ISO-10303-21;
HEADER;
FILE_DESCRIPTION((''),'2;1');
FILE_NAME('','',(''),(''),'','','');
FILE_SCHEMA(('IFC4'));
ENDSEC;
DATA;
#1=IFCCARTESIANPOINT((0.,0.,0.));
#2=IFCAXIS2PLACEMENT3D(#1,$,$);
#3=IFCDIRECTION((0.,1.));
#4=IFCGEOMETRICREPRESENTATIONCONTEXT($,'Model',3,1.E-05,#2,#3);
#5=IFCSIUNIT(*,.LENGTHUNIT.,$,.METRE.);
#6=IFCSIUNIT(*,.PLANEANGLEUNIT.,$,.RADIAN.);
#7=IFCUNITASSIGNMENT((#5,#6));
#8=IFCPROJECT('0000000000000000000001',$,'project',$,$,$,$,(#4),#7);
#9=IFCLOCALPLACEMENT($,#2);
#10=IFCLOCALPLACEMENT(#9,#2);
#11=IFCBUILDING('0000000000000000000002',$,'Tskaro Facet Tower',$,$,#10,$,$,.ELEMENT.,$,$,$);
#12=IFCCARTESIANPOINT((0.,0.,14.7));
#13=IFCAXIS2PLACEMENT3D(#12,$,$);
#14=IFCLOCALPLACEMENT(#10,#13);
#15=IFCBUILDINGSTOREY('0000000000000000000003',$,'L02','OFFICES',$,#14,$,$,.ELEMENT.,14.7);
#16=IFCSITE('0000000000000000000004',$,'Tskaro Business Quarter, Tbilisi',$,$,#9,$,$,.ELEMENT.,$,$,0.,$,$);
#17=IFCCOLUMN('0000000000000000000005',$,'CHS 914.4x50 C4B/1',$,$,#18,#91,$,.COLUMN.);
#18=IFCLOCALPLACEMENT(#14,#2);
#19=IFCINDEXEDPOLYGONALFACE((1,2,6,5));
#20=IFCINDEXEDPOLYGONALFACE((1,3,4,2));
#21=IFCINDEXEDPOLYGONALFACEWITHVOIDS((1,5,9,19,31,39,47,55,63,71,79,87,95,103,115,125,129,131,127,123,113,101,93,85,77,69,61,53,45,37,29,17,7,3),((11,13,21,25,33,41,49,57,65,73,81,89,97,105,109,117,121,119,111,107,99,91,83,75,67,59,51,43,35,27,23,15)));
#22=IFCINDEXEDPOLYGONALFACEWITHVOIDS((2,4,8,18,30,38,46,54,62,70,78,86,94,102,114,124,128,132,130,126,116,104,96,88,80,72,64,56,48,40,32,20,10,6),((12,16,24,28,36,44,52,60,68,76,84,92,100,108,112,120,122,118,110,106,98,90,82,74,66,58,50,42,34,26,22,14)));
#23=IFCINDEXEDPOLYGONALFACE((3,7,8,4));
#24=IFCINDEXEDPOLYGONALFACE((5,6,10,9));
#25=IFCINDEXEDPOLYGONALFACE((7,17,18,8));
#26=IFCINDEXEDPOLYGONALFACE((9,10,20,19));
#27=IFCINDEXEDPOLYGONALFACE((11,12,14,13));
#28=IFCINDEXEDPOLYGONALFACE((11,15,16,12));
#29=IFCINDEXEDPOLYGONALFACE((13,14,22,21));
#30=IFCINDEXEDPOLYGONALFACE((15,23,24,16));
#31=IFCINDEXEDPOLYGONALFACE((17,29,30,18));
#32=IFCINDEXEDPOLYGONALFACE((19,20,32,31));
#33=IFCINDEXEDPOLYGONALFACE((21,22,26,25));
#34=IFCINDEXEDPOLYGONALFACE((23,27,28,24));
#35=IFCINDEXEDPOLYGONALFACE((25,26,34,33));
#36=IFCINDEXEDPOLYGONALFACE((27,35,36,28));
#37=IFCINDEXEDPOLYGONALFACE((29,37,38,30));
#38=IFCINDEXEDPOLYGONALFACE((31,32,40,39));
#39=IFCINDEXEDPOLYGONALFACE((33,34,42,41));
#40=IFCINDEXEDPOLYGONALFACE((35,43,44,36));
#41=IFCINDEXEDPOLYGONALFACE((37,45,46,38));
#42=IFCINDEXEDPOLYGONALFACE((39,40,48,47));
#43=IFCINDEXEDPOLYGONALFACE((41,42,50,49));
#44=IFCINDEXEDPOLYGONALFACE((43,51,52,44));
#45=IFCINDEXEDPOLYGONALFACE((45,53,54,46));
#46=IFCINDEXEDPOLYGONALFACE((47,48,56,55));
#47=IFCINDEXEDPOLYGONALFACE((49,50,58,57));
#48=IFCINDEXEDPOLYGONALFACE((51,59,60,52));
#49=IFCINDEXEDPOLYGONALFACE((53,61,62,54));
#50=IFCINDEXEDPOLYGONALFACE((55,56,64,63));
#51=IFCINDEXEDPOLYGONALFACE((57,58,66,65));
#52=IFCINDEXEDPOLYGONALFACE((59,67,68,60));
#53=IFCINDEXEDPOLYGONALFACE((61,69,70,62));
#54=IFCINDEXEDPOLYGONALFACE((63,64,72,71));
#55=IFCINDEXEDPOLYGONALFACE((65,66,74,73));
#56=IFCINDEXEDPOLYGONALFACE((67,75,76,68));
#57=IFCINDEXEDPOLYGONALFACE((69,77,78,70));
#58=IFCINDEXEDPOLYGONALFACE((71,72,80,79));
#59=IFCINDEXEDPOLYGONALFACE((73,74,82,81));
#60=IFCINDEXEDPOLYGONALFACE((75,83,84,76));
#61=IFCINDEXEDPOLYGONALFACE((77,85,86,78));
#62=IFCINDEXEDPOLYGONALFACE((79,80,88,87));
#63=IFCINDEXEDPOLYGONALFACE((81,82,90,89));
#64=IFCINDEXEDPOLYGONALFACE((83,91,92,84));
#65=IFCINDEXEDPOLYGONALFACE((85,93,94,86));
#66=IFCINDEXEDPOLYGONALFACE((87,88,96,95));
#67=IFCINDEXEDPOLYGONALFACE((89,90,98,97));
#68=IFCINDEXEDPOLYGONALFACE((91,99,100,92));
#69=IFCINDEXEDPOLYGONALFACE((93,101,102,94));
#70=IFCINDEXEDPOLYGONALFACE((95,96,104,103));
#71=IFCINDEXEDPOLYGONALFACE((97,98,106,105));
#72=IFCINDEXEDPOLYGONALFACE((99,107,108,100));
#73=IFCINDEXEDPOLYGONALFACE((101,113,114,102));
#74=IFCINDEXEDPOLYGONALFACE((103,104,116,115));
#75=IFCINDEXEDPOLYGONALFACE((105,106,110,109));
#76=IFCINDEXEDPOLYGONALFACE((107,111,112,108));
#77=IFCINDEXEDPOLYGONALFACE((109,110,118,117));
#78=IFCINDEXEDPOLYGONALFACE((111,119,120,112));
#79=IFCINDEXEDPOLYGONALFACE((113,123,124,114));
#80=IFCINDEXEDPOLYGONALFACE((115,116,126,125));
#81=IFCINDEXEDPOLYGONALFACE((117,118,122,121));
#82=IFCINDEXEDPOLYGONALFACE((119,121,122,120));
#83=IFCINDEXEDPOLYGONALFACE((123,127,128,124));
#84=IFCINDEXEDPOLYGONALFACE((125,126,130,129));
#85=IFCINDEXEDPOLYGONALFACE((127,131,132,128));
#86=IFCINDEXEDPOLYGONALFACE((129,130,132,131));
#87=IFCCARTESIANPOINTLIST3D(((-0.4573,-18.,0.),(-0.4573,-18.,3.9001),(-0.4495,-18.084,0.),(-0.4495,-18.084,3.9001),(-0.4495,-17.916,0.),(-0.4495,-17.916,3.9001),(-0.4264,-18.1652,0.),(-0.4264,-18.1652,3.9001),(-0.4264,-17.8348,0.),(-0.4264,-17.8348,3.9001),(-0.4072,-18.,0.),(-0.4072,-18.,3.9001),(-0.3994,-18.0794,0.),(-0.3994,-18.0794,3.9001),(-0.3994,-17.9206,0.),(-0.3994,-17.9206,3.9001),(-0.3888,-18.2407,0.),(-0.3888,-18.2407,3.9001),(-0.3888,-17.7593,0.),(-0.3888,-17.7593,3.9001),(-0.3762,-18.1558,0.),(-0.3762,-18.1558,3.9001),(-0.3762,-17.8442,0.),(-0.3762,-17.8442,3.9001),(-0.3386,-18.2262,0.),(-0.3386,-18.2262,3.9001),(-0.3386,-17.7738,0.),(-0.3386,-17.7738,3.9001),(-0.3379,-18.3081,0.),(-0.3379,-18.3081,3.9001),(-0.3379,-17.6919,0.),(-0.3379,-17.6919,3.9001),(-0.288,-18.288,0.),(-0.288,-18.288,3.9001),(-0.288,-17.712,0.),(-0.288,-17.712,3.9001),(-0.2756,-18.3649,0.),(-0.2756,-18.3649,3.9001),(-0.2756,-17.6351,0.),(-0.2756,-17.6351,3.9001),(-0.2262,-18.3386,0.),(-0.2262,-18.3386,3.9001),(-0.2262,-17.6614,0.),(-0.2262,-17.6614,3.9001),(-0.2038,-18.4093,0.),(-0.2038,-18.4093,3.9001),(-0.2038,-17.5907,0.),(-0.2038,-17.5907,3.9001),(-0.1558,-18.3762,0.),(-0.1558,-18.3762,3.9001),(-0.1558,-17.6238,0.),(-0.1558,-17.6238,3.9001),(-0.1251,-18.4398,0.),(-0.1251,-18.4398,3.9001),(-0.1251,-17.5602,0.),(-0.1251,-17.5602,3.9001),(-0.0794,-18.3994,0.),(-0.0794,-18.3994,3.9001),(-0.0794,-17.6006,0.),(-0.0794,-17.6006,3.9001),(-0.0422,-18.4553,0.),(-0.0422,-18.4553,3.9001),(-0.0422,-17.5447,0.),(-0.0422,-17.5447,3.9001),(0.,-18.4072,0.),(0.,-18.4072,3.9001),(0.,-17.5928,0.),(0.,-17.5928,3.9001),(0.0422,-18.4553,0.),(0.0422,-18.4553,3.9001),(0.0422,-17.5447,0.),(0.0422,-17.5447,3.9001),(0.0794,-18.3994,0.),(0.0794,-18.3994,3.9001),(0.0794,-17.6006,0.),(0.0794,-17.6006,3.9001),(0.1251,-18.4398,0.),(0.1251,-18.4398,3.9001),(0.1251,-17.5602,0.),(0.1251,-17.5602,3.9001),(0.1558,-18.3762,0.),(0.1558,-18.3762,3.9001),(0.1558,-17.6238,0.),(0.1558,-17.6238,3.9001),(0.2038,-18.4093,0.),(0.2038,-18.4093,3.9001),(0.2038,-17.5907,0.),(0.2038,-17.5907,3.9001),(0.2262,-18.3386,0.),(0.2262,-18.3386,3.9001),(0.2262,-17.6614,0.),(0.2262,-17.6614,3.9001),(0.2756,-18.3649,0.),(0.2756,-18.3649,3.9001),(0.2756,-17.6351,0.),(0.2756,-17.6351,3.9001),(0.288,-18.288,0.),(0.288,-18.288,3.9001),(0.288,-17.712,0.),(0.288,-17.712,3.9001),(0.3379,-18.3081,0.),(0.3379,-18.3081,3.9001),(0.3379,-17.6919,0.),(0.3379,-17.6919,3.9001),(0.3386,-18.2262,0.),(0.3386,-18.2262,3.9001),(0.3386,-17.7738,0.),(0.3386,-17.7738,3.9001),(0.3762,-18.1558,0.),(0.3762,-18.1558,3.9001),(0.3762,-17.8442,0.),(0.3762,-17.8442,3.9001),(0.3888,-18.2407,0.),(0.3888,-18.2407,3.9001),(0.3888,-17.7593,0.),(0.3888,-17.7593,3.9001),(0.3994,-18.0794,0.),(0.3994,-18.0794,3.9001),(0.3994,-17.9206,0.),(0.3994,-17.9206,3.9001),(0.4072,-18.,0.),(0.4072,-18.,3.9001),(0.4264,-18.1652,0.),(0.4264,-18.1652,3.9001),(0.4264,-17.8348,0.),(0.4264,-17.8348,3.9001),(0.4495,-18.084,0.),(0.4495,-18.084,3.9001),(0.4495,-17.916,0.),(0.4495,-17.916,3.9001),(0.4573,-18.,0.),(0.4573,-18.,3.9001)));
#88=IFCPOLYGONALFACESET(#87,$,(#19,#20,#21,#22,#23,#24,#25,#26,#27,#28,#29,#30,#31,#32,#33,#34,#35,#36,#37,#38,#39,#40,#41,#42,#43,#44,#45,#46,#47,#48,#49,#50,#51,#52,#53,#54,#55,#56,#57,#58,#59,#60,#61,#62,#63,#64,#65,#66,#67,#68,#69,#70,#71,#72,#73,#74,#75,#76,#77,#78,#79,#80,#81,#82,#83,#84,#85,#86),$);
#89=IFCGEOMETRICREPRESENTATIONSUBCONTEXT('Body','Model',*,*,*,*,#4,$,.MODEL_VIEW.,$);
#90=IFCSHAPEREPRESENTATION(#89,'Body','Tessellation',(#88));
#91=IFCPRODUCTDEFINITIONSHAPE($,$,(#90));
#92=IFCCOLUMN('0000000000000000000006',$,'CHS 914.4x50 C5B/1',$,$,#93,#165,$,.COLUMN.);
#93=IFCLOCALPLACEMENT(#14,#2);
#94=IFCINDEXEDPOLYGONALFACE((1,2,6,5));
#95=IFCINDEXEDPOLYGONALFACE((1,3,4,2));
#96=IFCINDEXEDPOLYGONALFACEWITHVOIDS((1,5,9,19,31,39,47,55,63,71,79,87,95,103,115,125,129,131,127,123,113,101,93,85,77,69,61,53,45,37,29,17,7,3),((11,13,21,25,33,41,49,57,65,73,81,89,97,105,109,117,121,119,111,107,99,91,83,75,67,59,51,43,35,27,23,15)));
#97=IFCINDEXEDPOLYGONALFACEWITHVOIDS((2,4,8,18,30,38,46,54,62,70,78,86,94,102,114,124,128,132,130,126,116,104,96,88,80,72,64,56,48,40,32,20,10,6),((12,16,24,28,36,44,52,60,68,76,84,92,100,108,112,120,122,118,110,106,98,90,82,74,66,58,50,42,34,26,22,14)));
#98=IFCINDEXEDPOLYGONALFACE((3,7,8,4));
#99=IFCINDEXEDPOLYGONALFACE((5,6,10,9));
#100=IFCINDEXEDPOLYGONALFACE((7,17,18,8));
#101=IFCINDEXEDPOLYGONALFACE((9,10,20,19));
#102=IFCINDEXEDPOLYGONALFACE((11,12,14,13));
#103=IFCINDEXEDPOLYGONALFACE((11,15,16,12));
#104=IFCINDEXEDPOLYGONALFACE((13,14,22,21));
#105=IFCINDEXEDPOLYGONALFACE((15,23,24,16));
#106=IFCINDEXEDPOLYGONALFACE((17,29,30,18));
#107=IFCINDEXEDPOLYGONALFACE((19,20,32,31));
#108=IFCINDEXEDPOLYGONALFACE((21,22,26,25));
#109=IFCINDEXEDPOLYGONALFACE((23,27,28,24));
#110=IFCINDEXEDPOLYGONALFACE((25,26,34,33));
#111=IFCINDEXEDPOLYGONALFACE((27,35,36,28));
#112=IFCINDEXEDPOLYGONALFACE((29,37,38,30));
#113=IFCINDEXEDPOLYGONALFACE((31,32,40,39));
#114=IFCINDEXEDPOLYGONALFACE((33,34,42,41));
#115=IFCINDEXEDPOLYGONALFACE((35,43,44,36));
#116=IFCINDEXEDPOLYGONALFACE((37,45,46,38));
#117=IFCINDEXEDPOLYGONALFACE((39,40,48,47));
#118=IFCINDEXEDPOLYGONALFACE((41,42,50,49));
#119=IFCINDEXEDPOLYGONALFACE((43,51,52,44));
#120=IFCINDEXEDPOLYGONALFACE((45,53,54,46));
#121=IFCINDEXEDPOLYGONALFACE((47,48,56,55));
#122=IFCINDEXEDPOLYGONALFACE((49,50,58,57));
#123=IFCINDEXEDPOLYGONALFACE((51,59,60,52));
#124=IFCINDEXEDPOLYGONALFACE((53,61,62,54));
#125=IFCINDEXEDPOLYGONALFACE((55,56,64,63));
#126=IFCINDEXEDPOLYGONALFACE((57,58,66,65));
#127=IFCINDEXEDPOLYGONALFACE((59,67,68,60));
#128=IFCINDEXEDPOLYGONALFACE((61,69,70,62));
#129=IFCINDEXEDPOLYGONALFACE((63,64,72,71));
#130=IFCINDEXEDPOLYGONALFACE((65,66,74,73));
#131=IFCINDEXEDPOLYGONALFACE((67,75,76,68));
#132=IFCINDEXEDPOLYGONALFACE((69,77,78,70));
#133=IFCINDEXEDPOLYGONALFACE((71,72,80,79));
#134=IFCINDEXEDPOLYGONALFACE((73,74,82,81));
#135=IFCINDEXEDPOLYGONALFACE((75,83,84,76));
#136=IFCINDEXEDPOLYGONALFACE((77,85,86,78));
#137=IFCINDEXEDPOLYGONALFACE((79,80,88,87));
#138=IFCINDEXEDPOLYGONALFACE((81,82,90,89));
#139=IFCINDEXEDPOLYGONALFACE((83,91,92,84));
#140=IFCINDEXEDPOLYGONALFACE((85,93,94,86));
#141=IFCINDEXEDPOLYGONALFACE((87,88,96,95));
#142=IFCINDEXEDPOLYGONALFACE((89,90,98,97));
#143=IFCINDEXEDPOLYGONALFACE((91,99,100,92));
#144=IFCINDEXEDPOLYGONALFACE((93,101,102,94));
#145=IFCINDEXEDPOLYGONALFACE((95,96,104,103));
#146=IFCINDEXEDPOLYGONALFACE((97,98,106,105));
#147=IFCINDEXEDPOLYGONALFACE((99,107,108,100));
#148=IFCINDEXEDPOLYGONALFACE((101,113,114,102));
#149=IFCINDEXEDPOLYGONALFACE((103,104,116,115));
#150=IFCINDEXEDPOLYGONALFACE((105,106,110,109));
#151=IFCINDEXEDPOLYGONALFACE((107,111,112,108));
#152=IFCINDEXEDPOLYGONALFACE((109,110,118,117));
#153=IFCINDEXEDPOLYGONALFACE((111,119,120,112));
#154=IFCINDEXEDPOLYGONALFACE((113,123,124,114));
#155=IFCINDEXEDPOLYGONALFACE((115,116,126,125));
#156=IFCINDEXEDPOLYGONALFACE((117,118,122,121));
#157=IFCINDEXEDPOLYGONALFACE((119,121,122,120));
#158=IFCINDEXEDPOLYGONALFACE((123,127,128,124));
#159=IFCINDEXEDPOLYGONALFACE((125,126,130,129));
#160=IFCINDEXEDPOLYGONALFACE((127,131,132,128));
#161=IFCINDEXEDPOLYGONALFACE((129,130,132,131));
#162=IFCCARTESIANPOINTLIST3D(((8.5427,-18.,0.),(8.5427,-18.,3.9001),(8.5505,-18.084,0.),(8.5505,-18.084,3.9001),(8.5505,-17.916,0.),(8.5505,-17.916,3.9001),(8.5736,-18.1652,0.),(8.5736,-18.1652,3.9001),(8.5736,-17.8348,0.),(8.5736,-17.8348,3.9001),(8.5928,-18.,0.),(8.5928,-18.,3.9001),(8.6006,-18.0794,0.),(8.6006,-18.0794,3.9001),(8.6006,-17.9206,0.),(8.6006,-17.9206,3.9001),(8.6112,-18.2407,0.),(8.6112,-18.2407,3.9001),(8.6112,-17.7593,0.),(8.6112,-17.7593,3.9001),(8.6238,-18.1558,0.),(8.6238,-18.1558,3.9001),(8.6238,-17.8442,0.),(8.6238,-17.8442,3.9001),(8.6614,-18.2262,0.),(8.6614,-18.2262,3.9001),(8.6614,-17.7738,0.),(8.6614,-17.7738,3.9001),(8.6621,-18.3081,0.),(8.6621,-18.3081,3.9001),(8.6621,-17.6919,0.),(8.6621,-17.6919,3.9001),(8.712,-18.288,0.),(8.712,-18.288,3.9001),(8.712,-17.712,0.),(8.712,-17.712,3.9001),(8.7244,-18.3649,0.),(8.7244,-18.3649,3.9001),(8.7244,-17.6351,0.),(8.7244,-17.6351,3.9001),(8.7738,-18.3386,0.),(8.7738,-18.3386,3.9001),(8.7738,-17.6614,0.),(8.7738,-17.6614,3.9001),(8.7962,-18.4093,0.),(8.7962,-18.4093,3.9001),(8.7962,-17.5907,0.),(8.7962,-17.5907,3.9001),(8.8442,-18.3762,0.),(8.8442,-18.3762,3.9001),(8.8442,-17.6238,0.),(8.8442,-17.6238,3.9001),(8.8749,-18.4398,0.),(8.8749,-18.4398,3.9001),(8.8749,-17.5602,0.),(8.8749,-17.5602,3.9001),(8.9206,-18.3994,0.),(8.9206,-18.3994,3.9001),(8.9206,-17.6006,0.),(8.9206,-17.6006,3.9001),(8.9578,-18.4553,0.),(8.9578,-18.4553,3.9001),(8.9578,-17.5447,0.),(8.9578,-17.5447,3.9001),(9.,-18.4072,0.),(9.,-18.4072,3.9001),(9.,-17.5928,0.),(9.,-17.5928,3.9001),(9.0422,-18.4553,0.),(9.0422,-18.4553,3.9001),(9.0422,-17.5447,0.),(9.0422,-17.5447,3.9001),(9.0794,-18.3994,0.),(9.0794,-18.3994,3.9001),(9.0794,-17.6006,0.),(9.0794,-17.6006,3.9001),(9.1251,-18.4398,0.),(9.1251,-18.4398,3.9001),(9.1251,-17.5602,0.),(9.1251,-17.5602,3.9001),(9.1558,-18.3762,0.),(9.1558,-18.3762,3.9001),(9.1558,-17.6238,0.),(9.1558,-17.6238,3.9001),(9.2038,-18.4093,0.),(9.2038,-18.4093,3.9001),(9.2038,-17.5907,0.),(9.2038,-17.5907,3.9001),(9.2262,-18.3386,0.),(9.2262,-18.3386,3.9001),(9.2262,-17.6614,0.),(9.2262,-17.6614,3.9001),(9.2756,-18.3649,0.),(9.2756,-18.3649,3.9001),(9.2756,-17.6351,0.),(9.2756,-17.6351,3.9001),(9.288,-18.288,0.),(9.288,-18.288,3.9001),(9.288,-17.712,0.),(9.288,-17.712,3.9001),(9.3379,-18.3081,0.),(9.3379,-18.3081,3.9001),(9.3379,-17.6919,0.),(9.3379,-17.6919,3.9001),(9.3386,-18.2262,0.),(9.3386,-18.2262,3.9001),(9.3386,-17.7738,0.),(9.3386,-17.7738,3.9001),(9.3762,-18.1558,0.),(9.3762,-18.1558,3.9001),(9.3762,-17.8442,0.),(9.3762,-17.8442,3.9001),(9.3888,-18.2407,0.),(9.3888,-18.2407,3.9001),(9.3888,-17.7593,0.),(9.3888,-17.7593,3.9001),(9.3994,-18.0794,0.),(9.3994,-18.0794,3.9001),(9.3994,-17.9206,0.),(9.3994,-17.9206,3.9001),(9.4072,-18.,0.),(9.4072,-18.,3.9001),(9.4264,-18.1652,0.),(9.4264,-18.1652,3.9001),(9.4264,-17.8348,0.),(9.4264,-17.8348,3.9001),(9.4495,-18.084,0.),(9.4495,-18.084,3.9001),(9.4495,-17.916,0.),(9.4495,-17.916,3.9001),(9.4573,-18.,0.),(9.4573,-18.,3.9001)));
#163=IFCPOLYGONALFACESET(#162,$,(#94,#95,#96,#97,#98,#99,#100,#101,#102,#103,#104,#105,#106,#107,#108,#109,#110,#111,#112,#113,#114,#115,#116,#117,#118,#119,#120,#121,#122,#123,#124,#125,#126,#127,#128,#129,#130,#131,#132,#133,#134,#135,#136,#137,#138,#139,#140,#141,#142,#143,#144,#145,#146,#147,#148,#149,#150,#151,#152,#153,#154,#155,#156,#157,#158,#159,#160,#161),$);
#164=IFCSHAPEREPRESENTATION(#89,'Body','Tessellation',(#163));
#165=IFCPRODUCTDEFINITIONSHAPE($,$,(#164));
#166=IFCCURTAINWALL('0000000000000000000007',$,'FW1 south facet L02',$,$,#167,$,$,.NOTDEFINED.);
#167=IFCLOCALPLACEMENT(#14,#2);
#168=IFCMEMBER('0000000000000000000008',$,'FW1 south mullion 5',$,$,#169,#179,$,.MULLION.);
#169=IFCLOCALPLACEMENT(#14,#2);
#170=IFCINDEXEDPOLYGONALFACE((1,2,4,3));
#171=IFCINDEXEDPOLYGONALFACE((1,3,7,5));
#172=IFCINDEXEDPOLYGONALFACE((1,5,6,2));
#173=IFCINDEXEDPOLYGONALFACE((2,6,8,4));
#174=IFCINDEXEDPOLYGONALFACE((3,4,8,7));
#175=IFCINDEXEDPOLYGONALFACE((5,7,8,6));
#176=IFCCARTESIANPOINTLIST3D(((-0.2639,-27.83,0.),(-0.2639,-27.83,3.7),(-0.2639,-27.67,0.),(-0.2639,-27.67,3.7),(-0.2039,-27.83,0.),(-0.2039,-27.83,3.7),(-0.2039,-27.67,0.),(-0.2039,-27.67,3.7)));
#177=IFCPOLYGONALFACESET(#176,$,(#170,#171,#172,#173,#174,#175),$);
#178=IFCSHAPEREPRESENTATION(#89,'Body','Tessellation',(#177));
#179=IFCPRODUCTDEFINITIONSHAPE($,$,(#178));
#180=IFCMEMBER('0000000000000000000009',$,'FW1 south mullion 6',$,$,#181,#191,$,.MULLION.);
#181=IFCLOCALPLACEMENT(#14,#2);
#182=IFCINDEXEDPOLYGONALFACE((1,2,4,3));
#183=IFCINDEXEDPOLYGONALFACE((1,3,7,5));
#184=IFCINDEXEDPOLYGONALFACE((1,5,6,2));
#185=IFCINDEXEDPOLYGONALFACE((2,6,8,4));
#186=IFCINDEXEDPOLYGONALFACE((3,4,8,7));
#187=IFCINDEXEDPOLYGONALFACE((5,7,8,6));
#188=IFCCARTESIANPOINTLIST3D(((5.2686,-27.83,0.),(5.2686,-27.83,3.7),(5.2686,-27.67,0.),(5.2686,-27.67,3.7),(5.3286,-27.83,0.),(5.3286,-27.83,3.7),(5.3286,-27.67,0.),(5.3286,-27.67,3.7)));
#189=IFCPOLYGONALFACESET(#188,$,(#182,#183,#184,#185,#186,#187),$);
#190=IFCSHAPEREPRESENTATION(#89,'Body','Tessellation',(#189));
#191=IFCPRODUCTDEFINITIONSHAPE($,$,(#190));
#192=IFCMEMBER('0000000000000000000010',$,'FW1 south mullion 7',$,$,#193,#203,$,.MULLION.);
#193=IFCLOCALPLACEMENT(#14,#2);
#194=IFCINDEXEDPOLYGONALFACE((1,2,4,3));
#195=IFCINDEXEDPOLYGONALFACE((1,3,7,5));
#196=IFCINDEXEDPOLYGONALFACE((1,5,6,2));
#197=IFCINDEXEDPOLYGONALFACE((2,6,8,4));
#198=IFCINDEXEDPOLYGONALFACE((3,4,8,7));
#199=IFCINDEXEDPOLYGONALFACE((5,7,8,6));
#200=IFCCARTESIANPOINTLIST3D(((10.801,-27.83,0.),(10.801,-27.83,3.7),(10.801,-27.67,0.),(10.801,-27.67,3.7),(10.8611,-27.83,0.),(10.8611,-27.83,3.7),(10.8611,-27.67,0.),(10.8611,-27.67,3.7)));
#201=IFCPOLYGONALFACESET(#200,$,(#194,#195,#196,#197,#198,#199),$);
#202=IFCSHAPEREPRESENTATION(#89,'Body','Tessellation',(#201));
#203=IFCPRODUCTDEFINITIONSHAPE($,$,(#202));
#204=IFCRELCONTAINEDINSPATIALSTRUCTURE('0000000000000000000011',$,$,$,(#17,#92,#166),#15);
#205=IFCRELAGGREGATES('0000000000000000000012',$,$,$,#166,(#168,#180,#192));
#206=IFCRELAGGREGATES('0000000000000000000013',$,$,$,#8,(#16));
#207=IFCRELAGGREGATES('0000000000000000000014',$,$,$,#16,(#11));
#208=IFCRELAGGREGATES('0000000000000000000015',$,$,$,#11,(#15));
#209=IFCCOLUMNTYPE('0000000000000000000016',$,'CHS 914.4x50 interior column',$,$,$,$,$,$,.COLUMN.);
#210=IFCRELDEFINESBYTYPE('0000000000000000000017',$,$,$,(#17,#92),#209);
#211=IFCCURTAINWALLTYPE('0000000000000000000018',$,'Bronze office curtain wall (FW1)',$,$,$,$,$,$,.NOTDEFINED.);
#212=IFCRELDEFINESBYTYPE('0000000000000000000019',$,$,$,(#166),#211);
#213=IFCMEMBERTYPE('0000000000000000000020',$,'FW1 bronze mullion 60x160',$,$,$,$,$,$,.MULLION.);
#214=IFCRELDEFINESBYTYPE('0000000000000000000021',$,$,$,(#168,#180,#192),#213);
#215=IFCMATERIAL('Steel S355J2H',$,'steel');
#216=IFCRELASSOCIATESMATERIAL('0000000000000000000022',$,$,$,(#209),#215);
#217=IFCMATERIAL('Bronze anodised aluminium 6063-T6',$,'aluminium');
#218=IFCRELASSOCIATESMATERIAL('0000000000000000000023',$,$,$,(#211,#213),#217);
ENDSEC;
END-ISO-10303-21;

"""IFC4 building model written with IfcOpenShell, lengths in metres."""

from ifc_helpers import new_model, si_unit, direction, frame, origin, origin_2d, place, context, subcontext, project, spatial, rectangle, hollow_circle, extrude, material, material_profile, profile_set, type_object, element, aggregate, save


model = new_model("IFC4")

# Units and contexts
model_context = context("Model", 3, precision=1e-05, world=origin(), true_north=direction((0.0, 1.0)))
body_context = subcontext(model_context, "Body", "Model", "MODEL_VIEW")
ifc_project = project(units=[si_unit("LENGTHUNIT", "METRE"), si_unit("PLANEANGLEUNIT", "RADIAN")], contexts=[model_context])

# Site, building, storey
site_placement = place(None, origin())
site = spatial("IfcSite", under=ifc_project, at=site_placement, Name="Tskaro Business Quarter, Tbilisi", CompositionType="ELEMENT", RefElevation=0.0)
building_placement = place(site_placement, origin())
building = spatial("IfcBuilding", under=site, at=building_placement, Name="Tskaro Facet Tower", CompositionType="ELEMENT")
storey_placement = place(building_placement, frame((0.0, 0.0, 14.7)))
storey = spatial("IfcBuildingStorey", under=building, at=storey_placement, Name="L02", Description="OFFICES", CompositionType="ELEMENT", Elevation=14.7)

# Columns
ifc_material_1 = material(Name="Steel S355J2H", Category="steel")
ifc_material_profile_1 = material_profile(ifc_material_1, hollow_circle(Radius=0.4573, WallThickness=0.05, at=origin_2d()), Name="CHS 914.4x50")
ifc_profile_set_1 = profile_set([ifc_material_profile_1], Name="Steel S355J2H")
column_type_1 = type_object("IfcColumnType", Name="CHS 914.4x50 interior column", PredefinedType="COLUMN", material=ifc_profile_set_1)
for number, where, z_axis, x_axis, name in (
    (1, (0.0, -18.0, 0.0), (0.0, 0.0, 1.0), (1.0, 0.0, 0.0), "CHS 914.4x50 C4B/1"),
    (2, (9.0, -18.0, 0.0), (0.0, 0.0, 1.0), (1.0, 0.0, 0.0), "CHS 914.4x50 C5B/1"),
):
    element("IfcColumn", number, at=place(storey_placement, frame(where, z_axis=z_axis, x_axis=x_axis)), inside=storey, type_object=column_type_1, Name=name, PredefinedType="COLUMN", context=body_context, shape_type="SweptSolid", body=[
        extrude(hollow_circle(Radius=0.4573, WallThickness=0.05, at=origin_2d()), origin(), (0.0, 0.0, 1.0), 3.9001),
    ])

# Curtain wall, members
ifc_material_2 = material(Name="Bronze anodised aluminium 6063-T6", Category="aluminium")
curtain_wall_type = type_object("IfcCurtainWallType", Name="Bronze office curtain wall (FW1)", PredefinedType="NOTDEFINED", material=ifc_material_2)
curtain_wall_placement = place(storey_placement, origin())
curtain_wall = element("IfcCurtainWall", 3, at=curtain_wall_placement, inside=storey, type_object=curtain_wall_type, Name="FW1 south facet L02", PredefinedType="NOTDEFINED")
ifc_material_profile_2 = material_profile(ifc_material_2, rectangle(XDim=0.0601, YDim=0.1599, at=origin_2d()), Name="Mullion 60x160")
ifc_profile_set_2 = profile_set([ifc_material_profile_2], Name="Bronze anodised aluminium 6063-T6")
member_type_1 = type_object("IfcMemberType", Name="FW1 bronze mullion 60x160", PredefinedType="MULLION", material=ifc_profile_set_2)
member_1_placement = place(storey_placement, frame((-0.2339, -27.75, 0.0), z_axis=(0.0, 0.0, 1.0), x_axis=(1.0, 0.0, 0.0)))
member_1 = element("IfcMember", 4, at=member_1_placement, type_object=member_type_1, Name="FW1 south mullion 5", PredefinedType="MULLION", context=body_context, shape_type="SweptSolid", body=[
    extrude(rectangle(XDim=0.0601, YDim=0.1599, at=origin_2d()), origin(), (0.0, 0.0, 1.0), 3.7),
])
member_2_placement = place(storey_placement, frame((5.2986, -27.75, 0.0), z_axis=(0.0, 0.0, 1.0), x_axis=(1.0, 0.0, 0.0)))
member_2 = element("IfcMember", 5, at=member_2_placement, type_object=member_type_1, Name="FW1 south mullion 6", PredefinedType="MULLION", context=body_context, shape_type="SweptSolid", body=[
    extrude(rectangle(XDim=0.0601, YDim=0.1599, at=origin_2d()), origin(), (0.0, 0.0, 1.0), 3.7),
])
member_3_placement = place(storey_placement, frame((10.8311, -27.75, 0.0), z_axis=(0.0, 0.0, 1.0), x_axis=(1.0, 0.0, 0.0)))
member_3 = element("IfcMember", 6, at=member_3_placement, type_object=member_type_1, Name="FW1 south mullion 7", PredefinedType="MULLION", context=body_context, shape_type="SweptSolid", body=[
    extrude(rectangle(XDim=0.0601, YDim=0.1599, at=origin_2d()), origin(), (0.0, 0.0, 1.0), 3.7),
])

aggregate(curtain_wall, [member_1, member_2, member_3])

save(model, "model.ifc")
